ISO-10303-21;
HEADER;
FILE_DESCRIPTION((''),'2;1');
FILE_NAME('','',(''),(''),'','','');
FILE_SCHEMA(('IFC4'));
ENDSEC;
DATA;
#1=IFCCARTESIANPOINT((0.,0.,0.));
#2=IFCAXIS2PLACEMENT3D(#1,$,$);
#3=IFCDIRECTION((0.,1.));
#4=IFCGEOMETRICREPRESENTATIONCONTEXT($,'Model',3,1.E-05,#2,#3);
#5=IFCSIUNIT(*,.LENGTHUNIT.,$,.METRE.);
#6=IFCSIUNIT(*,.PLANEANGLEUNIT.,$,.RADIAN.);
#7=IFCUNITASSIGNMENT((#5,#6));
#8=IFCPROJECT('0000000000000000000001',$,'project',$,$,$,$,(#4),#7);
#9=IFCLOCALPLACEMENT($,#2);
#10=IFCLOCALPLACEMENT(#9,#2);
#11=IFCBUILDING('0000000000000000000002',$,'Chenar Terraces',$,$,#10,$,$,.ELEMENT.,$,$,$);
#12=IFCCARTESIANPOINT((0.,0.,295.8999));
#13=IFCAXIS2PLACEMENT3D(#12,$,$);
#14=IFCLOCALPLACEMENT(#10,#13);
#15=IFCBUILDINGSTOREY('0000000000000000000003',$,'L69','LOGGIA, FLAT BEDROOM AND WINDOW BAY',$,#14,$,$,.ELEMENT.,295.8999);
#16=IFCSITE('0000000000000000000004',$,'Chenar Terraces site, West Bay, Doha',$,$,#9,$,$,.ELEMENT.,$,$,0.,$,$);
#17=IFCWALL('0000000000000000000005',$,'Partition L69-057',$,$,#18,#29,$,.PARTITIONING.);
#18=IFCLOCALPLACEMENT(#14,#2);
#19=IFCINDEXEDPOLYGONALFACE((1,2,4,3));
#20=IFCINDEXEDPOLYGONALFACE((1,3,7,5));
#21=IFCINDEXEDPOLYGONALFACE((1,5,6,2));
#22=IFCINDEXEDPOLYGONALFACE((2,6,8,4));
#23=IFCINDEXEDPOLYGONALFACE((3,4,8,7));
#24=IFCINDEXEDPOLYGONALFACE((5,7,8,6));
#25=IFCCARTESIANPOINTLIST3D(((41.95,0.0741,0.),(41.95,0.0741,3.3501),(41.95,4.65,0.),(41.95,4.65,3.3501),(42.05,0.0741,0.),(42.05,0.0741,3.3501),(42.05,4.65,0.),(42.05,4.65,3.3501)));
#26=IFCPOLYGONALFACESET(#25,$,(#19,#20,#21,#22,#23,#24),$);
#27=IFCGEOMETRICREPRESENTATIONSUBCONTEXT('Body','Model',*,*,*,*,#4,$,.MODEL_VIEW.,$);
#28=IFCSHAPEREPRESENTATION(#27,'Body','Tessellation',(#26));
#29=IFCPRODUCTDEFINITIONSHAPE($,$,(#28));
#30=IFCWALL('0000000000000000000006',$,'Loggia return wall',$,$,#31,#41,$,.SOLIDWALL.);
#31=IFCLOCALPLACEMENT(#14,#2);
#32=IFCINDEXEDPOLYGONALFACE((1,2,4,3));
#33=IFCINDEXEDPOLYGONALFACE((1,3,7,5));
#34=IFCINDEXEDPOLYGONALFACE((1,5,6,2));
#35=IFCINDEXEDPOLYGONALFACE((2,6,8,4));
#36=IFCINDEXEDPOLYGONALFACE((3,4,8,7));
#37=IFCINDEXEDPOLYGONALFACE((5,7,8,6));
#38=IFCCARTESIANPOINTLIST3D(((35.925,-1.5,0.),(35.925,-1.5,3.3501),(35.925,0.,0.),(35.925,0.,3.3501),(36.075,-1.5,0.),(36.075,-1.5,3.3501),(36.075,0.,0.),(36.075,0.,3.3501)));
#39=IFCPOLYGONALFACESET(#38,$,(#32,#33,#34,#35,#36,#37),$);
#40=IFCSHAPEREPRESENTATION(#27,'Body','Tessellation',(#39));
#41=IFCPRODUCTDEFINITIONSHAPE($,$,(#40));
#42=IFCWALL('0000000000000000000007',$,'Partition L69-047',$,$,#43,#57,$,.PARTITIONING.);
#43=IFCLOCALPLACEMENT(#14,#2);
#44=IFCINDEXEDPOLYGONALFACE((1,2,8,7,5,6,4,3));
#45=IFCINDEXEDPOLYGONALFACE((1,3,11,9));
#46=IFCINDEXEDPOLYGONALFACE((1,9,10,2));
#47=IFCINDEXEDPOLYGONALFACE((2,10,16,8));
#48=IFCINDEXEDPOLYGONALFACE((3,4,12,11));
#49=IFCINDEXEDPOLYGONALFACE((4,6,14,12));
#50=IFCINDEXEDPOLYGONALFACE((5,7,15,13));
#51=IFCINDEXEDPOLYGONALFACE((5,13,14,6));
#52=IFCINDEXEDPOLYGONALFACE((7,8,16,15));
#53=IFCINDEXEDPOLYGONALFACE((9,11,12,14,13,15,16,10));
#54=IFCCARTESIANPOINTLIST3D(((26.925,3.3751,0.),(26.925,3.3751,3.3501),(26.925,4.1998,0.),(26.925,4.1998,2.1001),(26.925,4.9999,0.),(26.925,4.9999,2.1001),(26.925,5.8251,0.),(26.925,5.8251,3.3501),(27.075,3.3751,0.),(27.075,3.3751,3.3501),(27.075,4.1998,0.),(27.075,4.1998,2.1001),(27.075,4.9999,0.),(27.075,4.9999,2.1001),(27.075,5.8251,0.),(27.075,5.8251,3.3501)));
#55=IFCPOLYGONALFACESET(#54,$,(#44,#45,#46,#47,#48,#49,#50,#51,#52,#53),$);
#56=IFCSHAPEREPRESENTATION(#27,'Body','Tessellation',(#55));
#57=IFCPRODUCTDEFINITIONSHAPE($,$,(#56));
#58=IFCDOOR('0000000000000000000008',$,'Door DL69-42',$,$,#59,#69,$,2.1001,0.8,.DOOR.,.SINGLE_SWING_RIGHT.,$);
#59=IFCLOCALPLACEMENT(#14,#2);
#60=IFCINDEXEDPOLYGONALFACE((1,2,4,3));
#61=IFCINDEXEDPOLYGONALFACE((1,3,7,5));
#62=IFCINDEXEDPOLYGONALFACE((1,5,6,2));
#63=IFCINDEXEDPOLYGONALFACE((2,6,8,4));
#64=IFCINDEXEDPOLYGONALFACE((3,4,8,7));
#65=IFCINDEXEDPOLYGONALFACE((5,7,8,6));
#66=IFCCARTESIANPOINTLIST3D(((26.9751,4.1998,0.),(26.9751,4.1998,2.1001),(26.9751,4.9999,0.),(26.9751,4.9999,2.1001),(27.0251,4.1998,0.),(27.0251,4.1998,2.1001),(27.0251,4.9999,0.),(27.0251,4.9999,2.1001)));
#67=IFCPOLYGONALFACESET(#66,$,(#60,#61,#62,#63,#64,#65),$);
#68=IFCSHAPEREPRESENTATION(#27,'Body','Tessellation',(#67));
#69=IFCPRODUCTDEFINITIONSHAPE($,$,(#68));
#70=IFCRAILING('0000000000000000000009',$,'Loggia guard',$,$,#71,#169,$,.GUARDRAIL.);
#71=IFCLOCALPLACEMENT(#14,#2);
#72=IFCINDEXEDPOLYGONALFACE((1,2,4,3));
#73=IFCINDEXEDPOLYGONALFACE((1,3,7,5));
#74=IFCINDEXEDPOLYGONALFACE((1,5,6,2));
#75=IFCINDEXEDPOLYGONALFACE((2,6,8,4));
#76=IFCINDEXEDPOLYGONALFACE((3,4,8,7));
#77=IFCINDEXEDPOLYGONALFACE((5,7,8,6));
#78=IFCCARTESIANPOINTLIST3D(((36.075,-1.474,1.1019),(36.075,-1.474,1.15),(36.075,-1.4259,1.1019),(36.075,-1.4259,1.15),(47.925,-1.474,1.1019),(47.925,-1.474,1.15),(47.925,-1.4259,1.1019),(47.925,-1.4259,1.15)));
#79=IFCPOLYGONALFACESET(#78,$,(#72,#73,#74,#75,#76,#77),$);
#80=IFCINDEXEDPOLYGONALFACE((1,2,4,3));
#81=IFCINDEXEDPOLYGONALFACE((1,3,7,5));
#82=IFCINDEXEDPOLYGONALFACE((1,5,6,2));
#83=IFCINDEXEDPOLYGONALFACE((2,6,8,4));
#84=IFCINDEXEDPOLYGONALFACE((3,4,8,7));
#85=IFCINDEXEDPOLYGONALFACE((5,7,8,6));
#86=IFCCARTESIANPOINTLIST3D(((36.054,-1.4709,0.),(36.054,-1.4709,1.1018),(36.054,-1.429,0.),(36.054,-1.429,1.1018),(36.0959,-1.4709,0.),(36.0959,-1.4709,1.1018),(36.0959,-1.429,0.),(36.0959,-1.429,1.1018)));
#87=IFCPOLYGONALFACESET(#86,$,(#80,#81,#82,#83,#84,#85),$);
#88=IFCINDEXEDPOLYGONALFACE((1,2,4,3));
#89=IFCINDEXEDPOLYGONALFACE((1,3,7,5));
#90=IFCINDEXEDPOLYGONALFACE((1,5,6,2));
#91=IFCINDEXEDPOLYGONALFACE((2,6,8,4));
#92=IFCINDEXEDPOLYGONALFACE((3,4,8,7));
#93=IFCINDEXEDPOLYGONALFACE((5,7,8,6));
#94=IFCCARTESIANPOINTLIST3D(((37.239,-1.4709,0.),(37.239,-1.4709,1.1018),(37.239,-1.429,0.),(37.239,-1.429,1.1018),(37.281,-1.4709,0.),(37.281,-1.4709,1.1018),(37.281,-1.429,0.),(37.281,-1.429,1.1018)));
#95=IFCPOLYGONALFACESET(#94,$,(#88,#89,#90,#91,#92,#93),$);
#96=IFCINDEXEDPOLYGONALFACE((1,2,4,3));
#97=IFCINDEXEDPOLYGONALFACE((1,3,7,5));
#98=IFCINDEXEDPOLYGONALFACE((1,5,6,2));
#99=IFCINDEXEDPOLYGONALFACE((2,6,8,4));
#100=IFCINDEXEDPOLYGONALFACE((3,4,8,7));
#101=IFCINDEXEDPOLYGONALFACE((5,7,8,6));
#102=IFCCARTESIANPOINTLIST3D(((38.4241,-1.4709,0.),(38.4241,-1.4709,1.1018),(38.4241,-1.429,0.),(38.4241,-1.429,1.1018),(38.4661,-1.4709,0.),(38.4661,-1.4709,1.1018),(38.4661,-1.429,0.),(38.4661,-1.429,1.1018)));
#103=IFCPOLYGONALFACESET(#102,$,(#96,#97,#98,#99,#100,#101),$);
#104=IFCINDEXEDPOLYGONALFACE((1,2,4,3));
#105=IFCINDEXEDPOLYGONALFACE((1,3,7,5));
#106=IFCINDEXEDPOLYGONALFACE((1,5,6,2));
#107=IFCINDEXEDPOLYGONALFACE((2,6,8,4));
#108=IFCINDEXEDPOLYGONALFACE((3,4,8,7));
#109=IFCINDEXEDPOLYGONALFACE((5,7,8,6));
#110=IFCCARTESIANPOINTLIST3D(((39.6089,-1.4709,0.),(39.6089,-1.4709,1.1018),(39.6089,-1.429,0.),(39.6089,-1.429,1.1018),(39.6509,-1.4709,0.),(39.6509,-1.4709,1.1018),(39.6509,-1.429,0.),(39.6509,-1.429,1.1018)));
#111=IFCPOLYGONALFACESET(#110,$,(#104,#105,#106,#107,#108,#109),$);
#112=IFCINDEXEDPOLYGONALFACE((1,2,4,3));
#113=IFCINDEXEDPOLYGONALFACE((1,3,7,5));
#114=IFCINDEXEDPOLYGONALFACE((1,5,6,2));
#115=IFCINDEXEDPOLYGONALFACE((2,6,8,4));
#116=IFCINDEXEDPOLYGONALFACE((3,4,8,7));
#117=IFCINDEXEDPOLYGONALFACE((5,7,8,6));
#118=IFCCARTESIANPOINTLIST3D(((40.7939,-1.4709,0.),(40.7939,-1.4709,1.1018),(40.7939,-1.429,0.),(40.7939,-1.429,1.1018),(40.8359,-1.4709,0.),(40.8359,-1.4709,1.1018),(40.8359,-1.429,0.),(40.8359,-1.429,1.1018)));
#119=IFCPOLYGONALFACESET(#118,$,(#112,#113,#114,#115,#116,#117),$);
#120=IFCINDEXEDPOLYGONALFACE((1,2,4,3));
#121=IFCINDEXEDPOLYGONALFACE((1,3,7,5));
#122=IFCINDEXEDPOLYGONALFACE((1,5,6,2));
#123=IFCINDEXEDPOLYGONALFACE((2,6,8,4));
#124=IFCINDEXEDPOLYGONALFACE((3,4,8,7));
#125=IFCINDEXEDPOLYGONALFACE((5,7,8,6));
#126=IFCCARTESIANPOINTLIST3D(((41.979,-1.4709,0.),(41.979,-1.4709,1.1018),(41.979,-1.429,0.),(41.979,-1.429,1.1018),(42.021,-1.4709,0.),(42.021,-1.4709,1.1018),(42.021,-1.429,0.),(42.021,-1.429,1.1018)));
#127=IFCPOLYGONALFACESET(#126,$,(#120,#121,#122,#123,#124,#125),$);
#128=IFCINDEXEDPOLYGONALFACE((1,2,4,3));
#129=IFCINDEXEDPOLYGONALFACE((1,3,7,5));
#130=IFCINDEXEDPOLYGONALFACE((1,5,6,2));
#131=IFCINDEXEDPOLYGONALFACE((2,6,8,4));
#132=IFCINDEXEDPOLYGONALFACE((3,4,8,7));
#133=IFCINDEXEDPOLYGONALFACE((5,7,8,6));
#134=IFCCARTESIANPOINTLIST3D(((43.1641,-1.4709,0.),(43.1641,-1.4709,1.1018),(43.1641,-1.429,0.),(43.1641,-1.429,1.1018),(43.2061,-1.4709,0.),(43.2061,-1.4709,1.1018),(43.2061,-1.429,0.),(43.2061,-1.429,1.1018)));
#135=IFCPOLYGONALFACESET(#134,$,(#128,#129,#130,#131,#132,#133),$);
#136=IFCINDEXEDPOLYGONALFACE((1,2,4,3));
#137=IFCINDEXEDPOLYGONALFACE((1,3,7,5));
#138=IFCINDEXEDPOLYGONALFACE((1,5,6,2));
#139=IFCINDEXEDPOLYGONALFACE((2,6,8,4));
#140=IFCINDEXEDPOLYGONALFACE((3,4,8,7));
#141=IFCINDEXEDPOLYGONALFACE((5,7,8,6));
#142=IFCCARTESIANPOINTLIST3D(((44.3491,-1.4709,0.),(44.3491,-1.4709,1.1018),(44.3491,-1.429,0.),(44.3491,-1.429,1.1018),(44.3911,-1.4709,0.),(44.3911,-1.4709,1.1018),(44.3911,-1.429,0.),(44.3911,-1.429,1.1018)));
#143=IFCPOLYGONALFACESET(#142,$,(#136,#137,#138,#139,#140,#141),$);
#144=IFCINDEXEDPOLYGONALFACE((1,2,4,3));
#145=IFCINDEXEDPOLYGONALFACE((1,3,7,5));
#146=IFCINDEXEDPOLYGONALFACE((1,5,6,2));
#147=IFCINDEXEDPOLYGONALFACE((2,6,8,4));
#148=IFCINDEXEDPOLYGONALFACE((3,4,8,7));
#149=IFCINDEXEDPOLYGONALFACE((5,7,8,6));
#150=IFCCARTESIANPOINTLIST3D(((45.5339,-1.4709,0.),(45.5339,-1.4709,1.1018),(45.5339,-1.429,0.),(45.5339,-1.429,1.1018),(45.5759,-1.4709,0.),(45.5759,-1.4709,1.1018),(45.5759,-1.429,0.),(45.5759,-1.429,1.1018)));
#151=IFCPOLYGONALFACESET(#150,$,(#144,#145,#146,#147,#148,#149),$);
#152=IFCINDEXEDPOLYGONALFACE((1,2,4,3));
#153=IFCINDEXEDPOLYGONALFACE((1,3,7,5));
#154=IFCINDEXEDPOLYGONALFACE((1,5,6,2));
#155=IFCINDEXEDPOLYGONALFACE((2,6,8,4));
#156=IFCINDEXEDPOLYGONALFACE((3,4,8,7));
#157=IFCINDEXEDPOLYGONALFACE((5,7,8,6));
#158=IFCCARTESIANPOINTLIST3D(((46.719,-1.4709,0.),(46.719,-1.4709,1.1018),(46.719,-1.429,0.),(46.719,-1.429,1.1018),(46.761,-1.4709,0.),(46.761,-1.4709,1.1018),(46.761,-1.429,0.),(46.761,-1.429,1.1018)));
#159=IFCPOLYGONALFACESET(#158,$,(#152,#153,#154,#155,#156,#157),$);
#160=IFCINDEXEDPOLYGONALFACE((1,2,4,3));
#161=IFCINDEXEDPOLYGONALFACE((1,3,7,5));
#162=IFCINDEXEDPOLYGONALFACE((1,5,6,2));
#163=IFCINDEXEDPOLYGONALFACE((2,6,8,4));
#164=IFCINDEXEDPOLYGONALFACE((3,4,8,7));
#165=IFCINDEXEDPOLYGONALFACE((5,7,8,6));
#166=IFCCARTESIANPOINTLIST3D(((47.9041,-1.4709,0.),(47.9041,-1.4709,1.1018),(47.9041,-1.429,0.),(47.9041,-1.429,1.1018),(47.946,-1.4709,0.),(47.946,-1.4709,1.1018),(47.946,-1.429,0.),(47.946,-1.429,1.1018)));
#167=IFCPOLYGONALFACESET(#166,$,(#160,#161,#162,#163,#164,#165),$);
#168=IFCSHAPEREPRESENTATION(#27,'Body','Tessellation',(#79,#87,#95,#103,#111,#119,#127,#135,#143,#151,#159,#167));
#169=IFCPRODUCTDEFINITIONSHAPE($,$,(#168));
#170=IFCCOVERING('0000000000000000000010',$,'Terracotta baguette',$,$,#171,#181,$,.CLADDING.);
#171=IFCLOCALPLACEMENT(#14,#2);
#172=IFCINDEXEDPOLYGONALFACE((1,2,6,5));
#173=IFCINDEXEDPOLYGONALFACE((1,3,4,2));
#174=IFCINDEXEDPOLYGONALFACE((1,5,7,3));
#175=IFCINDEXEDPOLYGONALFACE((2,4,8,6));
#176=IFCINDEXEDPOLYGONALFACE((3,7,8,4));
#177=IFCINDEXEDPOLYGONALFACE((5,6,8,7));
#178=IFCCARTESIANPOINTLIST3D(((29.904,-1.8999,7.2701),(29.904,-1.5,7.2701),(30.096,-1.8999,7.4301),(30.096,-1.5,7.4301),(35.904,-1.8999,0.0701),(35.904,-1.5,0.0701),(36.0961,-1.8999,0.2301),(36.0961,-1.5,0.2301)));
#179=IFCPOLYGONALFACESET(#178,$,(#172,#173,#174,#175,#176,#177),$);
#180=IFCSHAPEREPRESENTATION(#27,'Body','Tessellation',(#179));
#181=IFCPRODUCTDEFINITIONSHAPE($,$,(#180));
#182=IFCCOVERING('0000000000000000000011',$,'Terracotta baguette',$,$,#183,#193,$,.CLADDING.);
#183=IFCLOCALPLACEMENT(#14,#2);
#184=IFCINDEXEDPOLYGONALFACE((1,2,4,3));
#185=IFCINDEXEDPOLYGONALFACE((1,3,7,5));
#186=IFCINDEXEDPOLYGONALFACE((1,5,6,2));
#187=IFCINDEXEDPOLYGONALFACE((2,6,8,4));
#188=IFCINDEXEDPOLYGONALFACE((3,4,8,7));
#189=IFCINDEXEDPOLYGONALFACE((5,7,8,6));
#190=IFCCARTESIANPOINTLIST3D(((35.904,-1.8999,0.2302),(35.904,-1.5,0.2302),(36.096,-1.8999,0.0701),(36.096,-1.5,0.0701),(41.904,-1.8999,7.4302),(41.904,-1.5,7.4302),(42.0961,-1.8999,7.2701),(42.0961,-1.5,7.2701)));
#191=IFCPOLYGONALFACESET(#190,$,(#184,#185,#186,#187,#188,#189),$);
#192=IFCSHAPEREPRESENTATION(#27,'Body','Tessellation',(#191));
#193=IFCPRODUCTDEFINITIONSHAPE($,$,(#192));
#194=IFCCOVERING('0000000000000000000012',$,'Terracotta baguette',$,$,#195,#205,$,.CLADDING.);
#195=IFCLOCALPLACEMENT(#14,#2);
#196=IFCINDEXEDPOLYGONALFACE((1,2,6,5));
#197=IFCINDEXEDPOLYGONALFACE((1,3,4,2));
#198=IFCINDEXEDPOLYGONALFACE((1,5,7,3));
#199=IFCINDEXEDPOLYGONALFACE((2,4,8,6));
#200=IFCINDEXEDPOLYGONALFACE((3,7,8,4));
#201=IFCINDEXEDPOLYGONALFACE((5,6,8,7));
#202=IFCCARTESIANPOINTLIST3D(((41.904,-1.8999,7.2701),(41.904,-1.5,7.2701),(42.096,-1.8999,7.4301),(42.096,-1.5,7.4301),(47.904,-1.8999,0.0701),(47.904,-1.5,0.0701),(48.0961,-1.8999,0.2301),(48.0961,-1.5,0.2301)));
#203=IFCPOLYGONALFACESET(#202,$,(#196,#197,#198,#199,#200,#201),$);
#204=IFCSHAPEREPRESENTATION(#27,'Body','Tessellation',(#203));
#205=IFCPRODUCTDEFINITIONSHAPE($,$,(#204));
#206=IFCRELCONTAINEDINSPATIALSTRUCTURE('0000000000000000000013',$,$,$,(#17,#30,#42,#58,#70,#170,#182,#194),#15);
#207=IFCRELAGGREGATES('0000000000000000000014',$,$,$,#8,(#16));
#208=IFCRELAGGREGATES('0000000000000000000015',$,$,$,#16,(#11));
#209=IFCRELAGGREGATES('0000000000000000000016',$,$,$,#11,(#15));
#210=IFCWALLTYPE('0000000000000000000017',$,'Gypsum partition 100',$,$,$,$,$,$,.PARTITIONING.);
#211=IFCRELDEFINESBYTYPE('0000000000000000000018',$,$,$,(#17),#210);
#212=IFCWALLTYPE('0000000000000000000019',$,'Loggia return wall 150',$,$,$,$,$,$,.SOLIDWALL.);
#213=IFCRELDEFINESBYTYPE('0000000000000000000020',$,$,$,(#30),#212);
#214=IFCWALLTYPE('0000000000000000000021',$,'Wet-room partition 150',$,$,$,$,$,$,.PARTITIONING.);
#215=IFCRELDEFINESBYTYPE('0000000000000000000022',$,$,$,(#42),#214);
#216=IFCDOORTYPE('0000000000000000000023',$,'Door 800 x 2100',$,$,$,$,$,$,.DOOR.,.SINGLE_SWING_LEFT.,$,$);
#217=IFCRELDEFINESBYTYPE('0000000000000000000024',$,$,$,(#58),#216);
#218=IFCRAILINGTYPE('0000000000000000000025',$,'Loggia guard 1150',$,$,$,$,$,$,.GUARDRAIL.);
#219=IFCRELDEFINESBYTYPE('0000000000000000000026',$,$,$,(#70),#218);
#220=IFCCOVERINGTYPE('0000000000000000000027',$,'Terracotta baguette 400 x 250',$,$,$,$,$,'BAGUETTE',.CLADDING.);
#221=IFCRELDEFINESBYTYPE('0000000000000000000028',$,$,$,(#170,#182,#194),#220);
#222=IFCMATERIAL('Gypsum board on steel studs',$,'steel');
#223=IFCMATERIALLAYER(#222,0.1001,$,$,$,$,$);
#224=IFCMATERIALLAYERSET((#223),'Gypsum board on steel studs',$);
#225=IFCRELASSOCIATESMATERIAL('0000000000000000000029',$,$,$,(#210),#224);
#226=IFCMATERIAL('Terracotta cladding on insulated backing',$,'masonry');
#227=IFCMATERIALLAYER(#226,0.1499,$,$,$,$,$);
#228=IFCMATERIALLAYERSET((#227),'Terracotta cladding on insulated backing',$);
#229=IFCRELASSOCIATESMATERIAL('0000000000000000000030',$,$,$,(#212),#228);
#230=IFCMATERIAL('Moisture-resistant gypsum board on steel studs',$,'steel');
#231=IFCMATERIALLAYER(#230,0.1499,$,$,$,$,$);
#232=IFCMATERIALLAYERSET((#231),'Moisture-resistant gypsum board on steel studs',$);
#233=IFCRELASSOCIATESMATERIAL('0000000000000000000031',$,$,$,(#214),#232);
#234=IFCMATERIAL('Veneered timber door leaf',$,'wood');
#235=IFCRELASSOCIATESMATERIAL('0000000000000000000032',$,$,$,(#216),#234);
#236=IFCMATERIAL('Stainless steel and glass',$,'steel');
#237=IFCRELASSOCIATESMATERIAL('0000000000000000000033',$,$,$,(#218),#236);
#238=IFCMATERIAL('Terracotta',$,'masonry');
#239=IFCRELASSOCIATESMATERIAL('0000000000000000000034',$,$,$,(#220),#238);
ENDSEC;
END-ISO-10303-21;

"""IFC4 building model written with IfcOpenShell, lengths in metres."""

from ifc_helpers import new_model, si_unit, direction, frame, frame_2d, origin, origin_2d, place, context, subcontext, project, spatial, rectangle, extrude, material, layer, layer_set, material_profile, profile_set, type_object, element, fill, save


model = new_model("IFC4")

# Units and contexts
model_context = context("Model", 3, precision=1e-05, world=origin(), true_north=direction((0.0, 1.0)))
body_context = subcontext(model_context, "Body", "Model", "MODEL_VIEW")
ifc_project = project(units=[si_unit("LENGTHUNIT", "METRE"), si_unit("PLANEANGLEUNIT", "RADIAN")], contexts=[model_context])

# Site, building, storey
site_placement = place(None, origin())
site = spatial("IfcSite", under=ifc_project, at=site_placement, Name="Chenar Terraces site, West Bay, Doha", CompositionType="ELEMENT", RefElevation=0.0)
building_placement = place(site_placement, origin())
building = spatial("IfcBuilding", under=site, at=building_placement, Name="Chenar Terraces", CompositionType="ELEMENT")
storey_placement = place(building_placement, frame((0.0, 0.0, 295.8999)))
storey = spatial("IfcBuildingStorey", under=building, at=storey_placement, Name="L69", Description="LOGGIA, FLAT BEDROOM AND WINDOW BAY", CompositionType="ELEMENT", Elevation=295.8999)

# Shared definitions
ifc_material_1 = material(Name="Gypsum board on steel studs", Category="steel")
ifc_layer_1 = layer(ifc_material_1, 0.1001)
ifc_layer_set_1 = layer_set([ifc_layer_1], Name="Gypsum board on steel studs")
wall_type_1 = type_object("IfcWallType", Name="Gypsum partition 100", PredefinedType="PARTITIONING", material=ifc_layer_set_1)

# Walls
for number, where, z_axis, x_axis, name in (
    (1, (42.0, 0.074, 0.0), (0.0, 0.0, 1.0), (0.0, 1.0, 0.0), "Partition L69-057"),
):
    element("IfcWall", number, at=place(storey_placement, frame(where, z_axis=z_axis, x_axis=x_axis)), inside=storey, type_object=wall_type_1, Name=name, PredefinedType="PARTITIONING", context=body_context, shape_type="SweptSolid", body=[
        extrude(rectangle(XDim=4.5759, YDim=0.1001, at=frame_2d((2.2881, 0.0))), origin(), (0.0, 0.0, 1.0), 3.3501),
    ])
ifc_material_2 = material(Name="Terracotta cladding on insulated backing", Category="masonry")
ifc_layer_2 = layer(ifc_material_2, 0.1499)
ifc_layer_set_2 = layer_set([ifc_layer_2], Name="Terracotta cladding on insulated backing")
wall_type_2 = type_object("IfcWallType", Name="Loggia return wall 150", PredefinedType="SOLIDWALL", material=ifc_layer_set_2)
wall_1_placement = place(storey_placement, frame((36.0, -1.5, 0.0), z_axis=(0.0, 0.0, 1.0), x_axis=(0.0, 1.0, 0.0)))
element("IfcWall", 2, at=wall_1_placement, inside=storey, type_object=wall_type_2, Name="Loggia return wall", PredefinedType="SOLIDWALL", context=body_context, shape_type="SweptSolid", body=[
    extrude(rectangle(XDim=1.5, YDim=0.1499, at=frame_2d((0.75, 0.0))), origin(), (0.0, 0.0, 1.0), 3.3501),
])

# Wall, opening, door
ifc_material_3 = material(Name="Moisture-resistant gypsum board on steel studs", Category="steel")
ifc_layer_3 = layer(ifc_material_3, 0.1499)
ifc_layer_set_3 = layer_set([ifc_layer_3], Name="Moisture-resistant gypsum board on steel studs")
wall_type_3 = type_object("IfcWallType", Name="Wet-room partition 150", PredefinedType="PARTITIONING", material=ifc_layer_set_3)
wall_2_placement = place(storey_placement, frame((27.0, 3.375, 0.0), z_axis=(0.0, 0.0, 1.0), x_axis=(0.0, 1.0, 0.0)))
wall_2 = element("IfcWall", 3, at=wall_2_placement, inside=storey, type_object=wall_type_3, Name="Partition L69-047", PredefinedType="PARTITIONING", context=body_context, shape_type="SweptSolid", body=[
    extrude(rectangle(XDim=2.45, YDim=0.1499, at=frame_2d((1.2251, 0.0))), origin(), (0.0, 0.0, 1.0), 3.3501),
])
opening_1_placement = place(wall_2_placement, frame((0.825, 0.0, 0.0)))
opening_1 = element("IfcOpeningElement", 4, at=opening_1_placement, cuts=wall_2, PredefinedType="OPENING", context=body_context, shape_type="SweptSolid", body=[
    extrude(rectangle(XDim=0.8, YDim=2.1001, at=frame_2d((0.3999, 1.05))), frame((0.0, 0.085, 0.0), z_axis=(0.0, -1.0, 0.0), x_axis=(1.0, 0.0, 0.0)), (0.0, 0.0, 1.0), 0.1699),
])
ifc_material_4 = material(Name="Veneered timber door leaf", Category="wood")
door_type_1 = type_object("IfcDoorType", Name="Door 800 x 2100", OperationType="SINGLE_SWING_LEFT", PredefinedType="DOOR", material=ifc_material_4)
door_1_placement = place(opening_1_placement, origin())
door_1 = element("IfcDoor", 5, at=door_1_placement, inside=storey, type_object=door_type_1, Name="Door DL69-42", OperationType="SINGLE_SWING_RIGHT", OverallHeight=2.1001, OverallWidth=0.8, PredefinedType="DOOR", context=body_context, shape_type="SweptSolid", body=[
    extrude(rectangle(XDim=0.8, YDim=2.1001, at=frame_2d((0.3999, 1.05))), frame((0.0, 0.0249, 0.0), z_axis=(0.0, -1.0, 0.0), x_axis=(1.0, 0.0, 0.0)), (0.0, 0.0, 1.0), 0.05),
])
fill(opening_1, door_1)

# Railing
ifc_material_5 = material(Name="Stainless steel and glass", Category="steel")
railing_type = type_object("IfcRailingType", Name="Loggia guard 1150", PredefinedType="GUARDRAIL", material=ifc_material_5)
railing_placement = place(storey_placement, frame((36.075, -1.45, 0.0)))
element("IfcRailing", 6, at=railing_placement, inside=storey, type_object=railing_type, Name="Loggia guard", PredefinedType="GUARDRAIL", context=body_context, shape_type="SweptSolid", body=[
    extrude(rectangle(XDim=0.0481, YDim=0.0481, at=origin_2d()), frame((0.0, 0.0, 1.126), z_axis=(1.0, 0.0, 0.0), x_axis=(0.0, 1.0, 0.0)), (0.0, 0.0, 1.0), 11.8501),
    extrude(rectangle(XDim=0.042, YDim=0.042, at=origin_2d()), origin(), (0.0, 0.0, 1.0), 1.1018),
    extrude(rectangle(XDim=0.042, YDim=0.042, at=origin_2d()), frame((1.1851, 0.0, 0.0)), (0.0, 0.0, 1.0), 1.1018),
    extrude(rectangle(XDim=0.042, YDim=0.042, at=origin_2d()), frame((2.3701, 0.0, 0.0)), (0.0, 0.0, 1.0), 1.1018),
    extrude(rectangle(XDim=0.042, YDim=0.042, at=origin_2d()), frame((3.5549, 0.0, 0.0)), (0.0, 0.0, 1.0), 1.1018),
    extrude(rectangle(XDim=0.042, YDim=0.042, at=origin_2d()), frame((4.74, 0.0, 0.0)), (0.0, 0.0, 1.0), 1.1018),
    extrude(rectangle(XDim=0.042, YDim=0.042, at=origin_2d()), frame((5.925, 0.0, 0.0)), (0.0, 0.0, 1.0), 1.1018),
    extrude(rectangle(XDim=0.042, YDim=0.042, at=origin_2d()), frame((7.1101, 0.0, 0.0)), (0.0, 0.0, 1.0), 1.1018),
    extrude(rectangle(XDim=0.042, YDim=0.042, at=origin_2d()), frame((8.2952, 0.0, 0.0)), (0.0, 0.0, 1.0), 1.1018),
    extrude(rectangle(XDim=0.042, YDim=0.042, at=origin_2d()), frame((9.48, 0.0, 0.0)), (0.0, 0.0, 1.0), 1.1018),
    extrude(rectangle(XDim=0.042, YDim=0.042, at=origin_2d()), frame((10.665, 0.0, 0.0)), (0.0, 0.0, 1.0), 1.1018),
    extrude(rectangle(XDim=0.042, YDim=0.042, at=origin_2d()), frame((11.8501, 0.0, 0.0)), (0.0, 0.0, 1.0), 1.1018),
])

# Coverings
ifc_material_6 = material(Name="Terracotta", Category="masonry")
ifc_material_profile_1 = material_profile(ifc_material_6, rectangle(XDim=0.3999, YDim=0.25, at=origin_2d()), Name="Terracotta baguette 400 x 250")
ifc_profile_set_1 = profile_set([ifc_material_profile_1], Name="Terracotta")
covering_type = type_object("IfcCoveringType", Name="Terracotta baguette 400 x 250", ElementType="BAGUETTE", PredefinedType="CLADDING", material=ifc_profile_set_1)
for number, where, z_axis, x_axis, name in (
    (7, (30.0, -1.7, 7.3501), (0.640187, 0.0, -0.768219), (0.0, 1.0, 0.0), "Terracotta baguette"),
    (8, (36.0, -1.7, 0.1501), (0.640187, 0.0, 0.768219), (0.0, 1.0, 0.0), "Terracotta baguette"),
    (9, (42.0, -1.7, 7.3501), (0.640187, 0.0, -0.768219), (0.0, 1.0, 0.0), "Terracotta baguette"),
):
    element("IfcCovering", number, at=place(storey_placement, frame(where, z_axis=z_axis, x_axis=x_axis)), inside=storey, type_object=covering_type, Name=name, PredefinedType="CLADDING", context=body_context, shape_type="SweptSolid", body=[
        extrude(rectangle(XDim=0.3999, YDim=0.25, at=origin_2d()), origin(), (0.0, 0.0, 1.0), 9.3723),
    ])

save(model, "model.ifc")
